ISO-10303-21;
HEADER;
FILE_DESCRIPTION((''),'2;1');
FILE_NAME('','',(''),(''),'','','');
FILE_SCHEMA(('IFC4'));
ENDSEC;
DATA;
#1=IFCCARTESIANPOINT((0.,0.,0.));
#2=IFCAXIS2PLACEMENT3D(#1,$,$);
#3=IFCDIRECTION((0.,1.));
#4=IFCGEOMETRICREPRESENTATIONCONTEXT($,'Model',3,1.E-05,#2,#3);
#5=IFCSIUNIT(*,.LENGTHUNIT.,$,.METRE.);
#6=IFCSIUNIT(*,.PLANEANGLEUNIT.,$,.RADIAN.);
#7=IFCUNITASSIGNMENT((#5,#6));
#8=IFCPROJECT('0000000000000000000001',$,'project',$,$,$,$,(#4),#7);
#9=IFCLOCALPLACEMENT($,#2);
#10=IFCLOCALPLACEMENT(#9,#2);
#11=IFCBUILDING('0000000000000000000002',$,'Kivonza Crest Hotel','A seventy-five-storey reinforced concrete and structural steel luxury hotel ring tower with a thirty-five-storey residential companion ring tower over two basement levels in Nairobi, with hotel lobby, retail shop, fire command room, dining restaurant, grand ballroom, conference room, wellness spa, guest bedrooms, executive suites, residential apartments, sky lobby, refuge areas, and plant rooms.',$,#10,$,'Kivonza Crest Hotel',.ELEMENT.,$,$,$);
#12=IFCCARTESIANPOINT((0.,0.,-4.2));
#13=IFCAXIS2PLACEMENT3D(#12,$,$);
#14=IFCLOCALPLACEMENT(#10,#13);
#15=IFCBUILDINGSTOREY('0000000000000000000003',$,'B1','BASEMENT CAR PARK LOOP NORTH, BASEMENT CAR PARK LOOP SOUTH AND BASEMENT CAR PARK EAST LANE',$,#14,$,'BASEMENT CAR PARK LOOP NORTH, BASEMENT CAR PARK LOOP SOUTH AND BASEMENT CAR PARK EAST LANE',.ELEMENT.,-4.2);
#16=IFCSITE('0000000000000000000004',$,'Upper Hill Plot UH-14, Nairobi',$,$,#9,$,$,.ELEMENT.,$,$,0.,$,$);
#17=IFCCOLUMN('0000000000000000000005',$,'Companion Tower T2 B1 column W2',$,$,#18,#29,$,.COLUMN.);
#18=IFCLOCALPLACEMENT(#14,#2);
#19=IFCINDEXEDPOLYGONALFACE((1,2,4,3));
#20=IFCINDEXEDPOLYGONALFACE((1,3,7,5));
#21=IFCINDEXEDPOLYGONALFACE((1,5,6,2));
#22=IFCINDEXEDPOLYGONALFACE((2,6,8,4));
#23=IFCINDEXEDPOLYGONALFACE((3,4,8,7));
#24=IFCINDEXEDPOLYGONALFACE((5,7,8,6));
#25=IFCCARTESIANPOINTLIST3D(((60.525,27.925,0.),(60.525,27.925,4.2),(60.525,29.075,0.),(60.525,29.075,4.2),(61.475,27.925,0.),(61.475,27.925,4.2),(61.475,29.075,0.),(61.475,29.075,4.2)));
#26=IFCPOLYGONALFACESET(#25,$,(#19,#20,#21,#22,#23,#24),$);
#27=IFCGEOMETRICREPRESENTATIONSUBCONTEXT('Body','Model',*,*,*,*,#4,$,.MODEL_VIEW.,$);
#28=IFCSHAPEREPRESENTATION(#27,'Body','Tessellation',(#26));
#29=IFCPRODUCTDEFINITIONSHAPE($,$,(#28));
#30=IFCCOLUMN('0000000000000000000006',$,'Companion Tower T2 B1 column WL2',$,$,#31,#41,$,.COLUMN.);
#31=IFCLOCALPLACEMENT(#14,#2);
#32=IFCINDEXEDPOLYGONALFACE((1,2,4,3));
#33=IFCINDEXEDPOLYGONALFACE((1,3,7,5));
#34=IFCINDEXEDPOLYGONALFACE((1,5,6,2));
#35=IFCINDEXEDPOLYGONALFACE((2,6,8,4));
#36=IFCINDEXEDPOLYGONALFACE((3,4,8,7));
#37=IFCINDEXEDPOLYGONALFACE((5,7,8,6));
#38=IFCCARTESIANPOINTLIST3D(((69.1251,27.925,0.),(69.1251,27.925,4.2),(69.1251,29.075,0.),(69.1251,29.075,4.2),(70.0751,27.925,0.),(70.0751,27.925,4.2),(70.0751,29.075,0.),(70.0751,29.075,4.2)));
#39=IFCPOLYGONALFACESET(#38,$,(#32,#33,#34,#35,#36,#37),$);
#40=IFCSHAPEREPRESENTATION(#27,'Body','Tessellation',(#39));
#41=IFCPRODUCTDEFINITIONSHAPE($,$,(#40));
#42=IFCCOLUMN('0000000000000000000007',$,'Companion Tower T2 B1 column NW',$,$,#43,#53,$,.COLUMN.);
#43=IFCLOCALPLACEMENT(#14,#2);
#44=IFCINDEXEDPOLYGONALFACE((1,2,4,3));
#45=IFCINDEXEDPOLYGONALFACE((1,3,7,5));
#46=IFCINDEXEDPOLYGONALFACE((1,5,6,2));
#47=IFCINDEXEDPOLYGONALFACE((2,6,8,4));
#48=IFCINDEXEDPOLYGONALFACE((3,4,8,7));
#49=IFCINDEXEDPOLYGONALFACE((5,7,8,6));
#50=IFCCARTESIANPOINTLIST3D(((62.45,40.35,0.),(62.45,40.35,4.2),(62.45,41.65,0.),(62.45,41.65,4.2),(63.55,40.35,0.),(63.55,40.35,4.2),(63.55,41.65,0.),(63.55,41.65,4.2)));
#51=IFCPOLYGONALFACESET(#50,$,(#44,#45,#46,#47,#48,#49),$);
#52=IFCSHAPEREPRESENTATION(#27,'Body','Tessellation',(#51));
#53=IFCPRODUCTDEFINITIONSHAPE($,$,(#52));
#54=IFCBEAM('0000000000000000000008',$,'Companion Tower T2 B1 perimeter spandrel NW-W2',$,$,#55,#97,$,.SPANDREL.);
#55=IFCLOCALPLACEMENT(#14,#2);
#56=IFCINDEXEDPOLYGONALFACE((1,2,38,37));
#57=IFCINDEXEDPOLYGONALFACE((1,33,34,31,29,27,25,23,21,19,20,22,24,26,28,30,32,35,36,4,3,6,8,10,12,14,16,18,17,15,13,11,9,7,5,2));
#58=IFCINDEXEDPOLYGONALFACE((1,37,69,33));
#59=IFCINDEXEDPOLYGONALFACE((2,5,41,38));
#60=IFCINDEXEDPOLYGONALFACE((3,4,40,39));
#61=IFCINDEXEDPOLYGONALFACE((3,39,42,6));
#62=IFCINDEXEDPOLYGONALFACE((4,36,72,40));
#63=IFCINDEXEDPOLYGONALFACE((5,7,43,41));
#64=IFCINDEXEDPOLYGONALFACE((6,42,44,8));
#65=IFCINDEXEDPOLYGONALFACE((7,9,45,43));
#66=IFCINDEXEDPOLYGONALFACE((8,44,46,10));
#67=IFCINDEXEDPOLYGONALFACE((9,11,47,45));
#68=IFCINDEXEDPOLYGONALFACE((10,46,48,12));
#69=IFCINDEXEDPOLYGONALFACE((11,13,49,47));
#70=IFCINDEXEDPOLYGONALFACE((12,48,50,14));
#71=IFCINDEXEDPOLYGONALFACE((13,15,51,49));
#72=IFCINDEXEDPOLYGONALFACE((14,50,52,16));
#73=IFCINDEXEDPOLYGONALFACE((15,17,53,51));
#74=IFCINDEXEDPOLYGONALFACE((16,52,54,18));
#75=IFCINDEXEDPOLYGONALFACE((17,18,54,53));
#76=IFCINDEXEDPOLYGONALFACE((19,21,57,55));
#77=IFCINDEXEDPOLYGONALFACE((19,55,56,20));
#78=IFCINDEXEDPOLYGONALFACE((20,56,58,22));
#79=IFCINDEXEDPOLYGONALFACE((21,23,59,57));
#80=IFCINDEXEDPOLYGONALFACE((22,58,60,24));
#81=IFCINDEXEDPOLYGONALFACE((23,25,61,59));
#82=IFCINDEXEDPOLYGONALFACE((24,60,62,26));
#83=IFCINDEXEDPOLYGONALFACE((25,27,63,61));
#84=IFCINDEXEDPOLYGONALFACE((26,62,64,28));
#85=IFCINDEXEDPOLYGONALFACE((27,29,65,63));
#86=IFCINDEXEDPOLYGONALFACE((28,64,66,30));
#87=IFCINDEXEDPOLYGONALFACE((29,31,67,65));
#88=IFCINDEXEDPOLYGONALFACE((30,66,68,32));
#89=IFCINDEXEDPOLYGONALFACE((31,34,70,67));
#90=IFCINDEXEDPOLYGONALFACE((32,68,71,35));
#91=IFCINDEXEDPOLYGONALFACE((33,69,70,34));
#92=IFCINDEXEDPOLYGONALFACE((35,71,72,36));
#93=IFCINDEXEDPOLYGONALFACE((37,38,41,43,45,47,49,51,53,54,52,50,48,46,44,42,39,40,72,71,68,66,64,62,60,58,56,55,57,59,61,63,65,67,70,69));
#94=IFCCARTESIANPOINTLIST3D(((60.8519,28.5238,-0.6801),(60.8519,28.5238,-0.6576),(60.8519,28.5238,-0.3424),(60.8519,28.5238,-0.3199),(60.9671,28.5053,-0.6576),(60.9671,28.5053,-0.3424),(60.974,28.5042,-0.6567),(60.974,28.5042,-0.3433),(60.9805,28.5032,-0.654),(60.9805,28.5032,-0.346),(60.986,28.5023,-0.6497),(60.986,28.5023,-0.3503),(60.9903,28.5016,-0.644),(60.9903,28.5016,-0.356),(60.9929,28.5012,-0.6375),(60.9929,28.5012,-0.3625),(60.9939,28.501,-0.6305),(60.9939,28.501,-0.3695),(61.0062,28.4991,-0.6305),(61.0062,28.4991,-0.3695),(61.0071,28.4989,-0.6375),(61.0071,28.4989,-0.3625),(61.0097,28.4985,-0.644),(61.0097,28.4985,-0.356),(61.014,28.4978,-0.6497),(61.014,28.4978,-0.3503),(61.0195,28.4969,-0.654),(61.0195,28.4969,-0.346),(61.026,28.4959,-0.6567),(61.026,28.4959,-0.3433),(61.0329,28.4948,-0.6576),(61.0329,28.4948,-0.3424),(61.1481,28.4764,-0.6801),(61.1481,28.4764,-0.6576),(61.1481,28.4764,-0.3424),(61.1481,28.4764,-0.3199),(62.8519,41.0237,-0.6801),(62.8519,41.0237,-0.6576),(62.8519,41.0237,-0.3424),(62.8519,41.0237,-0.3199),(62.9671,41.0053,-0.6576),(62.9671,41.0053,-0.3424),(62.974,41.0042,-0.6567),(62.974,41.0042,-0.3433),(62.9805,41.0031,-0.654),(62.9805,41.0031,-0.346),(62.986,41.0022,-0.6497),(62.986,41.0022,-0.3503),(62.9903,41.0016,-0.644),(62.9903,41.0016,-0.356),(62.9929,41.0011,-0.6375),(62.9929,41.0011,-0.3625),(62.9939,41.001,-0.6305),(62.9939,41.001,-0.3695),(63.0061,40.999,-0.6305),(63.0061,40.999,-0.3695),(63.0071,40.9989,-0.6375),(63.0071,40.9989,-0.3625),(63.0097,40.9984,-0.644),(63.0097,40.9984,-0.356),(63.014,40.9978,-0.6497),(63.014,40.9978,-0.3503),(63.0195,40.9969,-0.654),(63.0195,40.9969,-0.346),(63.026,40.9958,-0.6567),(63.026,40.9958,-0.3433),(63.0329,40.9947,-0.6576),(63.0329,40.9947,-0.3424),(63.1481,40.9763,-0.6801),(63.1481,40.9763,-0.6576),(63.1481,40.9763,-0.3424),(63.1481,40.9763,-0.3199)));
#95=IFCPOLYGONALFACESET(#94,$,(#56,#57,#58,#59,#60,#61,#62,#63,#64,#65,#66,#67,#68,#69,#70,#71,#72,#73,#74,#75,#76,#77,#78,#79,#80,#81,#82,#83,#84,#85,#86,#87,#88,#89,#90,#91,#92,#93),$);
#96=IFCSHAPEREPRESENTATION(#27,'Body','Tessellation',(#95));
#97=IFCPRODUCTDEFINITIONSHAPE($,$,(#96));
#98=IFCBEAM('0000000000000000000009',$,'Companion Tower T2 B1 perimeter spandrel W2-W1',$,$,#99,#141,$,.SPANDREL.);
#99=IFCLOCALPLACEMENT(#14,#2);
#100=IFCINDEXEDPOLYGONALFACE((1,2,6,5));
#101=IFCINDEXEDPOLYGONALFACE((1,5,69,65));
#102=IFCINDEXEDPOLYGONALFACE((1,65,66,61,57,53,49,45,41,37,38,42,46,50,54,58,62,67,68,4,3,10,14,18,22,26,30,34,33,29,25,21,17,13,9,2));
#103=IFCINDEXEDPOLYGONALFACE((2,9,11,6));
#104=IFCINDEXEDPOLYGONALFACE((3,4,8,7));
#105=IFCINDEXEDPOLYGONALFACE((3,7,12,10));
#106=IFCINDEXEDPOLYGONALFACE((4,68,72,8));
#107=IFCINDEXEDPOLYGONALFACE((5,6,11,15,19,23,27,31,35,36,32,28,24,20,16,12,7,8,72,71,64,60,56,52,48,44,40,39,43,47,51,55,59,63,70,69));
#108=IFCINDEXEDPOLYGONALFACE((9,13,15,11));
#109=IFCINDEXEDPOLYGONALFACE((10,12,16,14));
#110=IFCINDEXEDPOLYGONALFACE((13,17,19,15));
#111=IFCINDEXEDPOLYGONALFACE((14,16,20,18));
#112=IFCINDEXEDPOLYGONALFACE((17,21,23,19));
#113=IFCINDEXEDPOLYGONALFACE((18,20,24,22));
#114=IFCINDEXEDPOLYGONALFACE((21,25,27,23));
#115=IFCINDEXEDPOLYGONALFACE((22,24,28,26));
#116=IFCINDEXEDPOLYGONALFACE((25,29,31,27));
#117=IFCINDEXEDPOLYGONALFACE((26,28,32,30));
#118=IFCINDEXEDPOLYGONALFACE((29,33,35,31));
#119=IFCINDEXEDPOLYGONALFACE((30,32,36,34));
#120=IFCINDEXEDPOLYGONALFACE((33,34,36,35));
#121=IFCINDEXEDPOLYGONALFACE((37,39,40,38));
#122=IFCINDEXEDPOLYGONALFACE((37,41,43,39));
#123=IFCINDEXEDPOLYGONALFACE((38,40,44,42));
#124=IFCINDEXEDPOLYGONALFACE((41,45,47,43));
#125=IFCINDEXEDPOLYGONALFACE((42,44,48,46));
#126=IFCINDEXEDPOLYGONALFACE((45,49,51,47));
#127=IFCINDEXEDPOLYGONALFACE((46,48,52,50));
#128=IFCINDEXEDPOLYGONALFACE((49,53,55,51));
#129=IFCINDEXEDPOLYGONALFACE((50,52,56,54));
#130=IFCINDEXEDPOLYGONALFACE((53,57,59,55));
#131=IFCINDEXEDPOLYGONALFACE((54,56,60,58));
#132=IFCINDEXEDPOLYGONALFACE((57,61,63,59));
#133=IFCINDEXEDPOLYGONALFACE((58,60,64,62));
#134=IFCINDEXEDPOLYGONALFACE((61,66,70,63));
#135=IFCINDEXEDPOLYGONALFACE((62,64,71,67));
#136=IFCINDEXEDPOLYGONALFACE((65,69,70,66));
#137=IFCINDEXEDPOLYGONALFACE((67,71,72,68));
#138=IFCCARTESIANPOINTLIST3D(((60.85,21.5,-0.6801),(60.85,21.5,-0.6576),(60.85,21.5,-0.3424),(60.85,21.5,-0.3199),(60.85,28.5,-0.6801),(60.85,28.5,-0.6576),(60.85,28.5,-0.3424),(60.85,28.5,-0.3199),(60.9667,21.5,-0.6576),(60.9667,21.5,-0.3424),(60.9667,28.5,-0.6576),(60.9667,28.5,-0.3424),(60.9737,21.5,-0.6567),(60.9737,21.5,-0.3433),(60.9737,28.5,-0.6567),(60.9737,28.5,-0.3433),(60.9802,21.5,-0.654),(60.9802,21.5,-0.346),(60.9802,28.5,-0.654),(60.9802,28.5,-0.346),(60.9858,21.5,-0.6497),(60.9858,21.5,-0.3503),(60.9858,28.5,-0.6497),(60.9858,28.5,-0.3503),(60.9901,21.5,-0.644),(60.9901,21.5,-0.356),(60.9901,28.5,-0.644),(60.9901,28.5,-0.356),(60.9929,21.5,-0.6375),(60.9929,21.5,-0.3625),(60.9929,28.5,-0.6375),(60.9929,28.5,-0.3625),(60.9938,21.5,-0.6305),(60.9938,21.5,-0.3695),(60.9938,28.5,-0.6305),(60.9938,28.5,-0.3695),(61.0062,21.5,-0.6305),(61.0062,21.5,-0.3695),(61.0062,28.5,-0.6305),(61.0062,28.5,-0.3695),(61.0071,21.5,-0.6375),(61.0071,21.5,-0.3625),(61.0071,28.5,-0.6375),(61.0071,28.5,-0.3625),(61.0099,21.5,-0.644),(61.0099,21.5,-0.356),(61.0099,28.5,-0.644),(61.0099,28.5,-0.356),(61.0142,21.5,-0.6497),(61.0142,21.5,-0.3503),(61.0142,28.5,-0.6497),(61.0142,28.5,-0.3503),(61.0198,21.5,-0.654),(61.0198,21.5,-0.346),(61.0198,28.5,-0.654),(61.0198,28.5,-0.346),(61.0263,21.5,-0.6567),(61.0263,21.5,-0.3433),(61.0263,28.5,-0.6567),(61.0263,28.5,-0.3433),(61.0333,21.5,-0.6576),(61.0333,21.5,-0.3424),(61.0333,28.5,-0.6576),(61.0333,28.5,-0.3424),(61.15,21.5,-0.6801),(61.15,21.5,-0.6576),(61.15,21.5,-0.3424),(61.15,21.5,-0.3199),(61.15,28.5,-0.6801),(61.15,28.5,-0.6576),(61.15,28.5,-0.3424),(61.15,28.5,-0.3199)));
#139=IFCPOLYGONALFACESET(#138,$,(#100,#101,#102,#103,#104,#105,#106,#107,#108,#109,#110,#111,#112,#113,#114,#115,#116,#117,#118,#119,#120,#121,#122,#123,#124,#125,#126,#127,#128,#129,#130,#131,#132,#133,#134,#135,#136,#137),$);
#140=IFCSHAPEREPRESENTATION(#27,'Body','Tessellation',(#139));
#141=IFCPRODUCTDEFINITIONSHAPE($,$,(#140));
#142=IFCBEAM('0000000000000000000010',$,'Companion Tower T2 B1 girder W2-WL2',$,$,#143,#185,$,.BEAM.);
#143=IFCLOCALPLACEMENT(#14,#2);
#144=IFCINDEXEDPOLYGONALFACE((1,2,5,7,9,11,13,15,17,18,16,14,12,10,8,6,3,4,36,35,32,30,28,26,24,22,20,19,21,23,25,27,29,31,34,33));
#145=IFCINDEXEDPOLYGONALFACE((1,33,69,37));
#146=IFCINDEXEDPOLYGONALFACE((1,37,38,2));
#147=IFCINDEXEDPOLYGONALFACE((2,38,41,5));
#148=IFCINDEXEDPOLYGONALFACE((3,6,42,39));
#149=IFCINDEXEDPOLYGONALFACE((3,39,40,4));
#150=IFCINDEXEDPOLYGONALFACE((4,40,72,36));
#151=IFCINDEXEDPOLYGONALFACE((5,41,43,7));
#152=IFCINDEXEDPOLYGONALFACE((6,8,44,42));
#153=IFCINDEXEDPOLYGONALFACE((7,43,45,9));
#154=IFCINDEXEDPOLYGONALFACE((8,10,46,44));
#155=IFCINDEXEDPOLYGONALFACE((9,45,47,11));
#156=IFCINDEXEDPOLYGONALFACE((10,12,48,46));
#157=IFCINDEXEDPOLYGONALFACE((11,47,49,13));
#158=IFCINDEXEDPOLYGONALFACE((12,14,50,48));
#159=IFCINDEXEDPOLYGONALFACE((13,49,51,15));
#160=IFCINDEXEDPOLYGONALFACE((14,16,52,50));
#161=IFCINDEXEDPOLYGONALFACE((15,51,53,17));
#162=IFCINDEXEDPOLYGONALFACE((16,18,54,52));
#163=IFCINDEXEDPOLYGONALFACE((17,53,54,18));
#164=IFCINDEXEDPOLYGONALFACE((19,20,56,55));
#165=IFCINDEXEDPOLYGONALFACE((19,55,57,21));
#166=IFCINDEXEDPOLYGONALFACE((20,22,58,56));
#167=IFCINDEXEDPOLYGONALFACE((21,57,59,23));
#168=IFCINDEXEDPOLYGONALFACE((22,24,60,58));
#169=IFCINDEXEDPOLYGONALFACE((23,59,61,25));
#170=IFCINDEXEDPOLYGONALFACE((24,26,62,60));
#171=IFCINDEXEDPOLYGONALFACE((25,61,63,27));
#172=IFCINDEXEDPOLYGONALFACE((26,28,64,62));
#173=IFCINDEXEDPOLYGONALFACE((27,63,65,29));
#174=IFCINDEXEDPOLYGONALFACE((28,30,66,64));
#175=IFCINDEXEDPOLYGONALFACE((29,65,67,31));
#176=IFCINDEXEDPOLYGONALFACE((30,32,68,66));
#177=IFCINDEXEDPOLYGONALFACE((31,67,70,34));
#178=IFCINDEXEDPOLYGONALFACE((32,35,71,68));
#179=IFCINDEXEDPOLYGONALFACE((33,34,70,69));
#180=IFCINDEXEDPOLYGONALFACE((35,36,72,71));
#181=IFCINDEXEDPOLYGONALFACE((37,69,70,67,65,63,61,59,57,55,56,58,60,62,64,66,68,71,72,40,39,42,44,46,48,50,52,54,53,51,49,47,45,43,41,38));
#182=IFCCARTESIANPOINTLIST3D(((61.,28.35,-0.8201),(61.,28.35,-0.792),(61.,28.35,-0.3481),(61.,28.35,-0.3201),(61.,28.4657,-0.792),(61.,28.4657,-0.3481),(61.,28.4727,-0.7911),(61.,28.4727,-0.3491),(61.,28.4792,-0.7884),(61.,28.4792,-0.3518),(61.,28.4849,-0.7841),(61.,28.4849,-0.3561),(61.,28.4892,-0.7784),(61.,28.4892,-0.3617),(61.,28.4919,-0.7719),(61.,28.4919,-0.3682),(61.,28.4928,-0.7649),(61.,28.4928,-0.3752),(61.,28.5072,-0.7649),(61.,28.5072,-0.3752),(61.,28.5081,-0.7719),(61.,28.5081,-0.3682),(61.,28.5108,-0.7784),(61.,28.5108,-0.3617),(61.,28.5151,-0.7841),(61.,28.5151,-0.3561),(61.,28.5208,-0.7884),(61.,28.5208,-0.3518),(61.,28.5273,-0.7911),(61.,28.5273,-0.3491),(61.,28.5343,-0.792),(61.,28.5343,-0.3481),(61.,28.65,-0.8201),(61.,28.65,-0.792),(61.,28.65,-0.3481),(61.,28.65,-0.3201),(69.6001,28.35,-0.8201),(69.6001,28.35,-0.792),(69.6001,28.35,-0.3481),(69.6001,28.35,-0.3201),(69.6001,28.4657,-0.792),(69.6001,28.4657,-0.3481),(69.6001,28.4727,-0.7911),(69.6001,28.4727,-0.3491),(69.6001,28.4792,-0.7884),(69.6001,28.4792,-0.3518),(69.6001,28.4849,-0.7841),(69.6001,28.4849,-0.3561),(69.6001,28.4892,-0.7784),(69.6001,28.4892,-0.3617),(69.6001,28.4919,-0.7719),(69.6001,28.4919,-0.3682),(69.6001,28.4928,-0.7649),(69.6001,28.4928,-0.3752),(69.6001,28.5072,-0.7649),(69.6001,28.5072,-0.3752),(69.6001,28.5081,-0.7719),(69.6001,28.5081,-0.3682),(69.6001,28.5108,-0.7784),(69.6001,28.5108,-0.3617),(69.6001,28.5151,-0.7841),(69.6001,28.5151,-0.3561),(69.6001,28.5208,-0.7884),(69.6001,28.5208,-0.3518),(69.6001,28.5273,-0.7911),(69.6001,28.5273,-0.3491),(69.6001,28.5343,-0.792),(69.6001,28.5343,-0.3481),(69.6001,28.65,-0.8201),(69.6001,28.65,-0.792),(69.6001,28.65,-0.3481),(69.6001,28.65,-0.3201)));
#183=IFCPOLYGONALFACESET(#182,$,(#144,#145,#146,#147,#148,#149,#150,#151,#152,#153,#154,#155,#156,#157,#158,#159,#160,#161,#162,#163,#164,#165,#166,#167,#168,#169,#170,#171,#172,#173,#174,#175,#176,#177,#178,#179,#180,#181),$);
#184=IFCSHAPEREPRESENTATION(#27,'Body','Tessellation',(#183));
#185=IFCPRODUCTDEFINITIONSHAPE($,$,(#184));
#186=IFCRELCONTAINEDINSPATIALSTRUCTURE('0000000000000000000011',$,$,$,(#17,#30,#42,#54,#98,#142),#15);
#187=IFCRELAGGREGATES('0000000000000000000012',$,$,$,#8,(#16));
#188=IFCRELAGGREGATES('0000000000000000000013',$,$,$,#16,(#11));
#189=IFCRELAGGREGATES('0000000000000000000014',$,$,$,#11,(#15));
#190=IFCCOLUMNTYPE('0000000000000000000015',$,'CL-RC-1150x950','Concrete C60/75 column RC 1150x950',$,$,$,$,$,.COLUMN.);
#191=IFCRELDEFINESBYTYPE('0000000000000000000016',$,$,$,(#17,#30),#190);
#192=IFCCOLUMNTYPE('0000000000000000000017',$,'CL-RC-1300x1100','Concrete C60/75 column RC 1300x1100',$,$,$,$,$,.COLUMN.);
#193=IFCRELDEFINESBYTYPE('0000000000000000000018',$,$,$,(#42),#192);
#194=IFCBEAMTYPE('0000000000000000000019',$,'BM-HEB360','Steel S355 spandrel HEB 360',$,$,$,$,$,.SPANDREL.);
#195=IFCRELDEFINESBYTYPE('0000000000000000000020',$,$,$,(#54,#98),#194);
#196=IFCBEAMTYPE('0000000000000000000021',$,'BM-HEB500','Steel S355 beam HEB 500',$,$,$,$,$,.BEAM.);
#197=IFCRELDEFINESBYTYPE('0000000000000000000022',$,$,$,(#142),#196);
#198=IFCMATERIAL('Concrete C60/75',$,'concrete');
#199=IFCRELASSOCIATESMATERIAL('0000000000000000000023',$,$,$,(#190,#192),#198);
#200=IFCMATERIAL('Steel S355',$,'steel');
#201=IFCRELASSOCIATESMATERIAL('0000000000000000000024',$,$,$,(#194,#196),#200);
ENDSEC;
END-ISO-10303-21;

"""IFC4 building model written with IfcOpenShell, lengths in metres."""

from ifc_helpers import new_model, si_unit, direction, frame, origin, origin_2d, place, context, subcontext, project, spatial, rectangle, i_section, extrude, material, material_profile, profile_set, type_object, element, save


model = new_model("IFC4")

# Units and contexts
model_context = context("Model", 3, precision=1e-05, world=origin(), true_north=direction((0.0, 1.0)))
body_context = subcontext(model_context, "Body", "Model", "MODEL_VIEW")
ifc_project = project(units=[si_unit("LENGTHUNIT", "METRE"), si_unit("PLANEANGLEUNIT", "RADIAN")], contexts=[model_context])

# Site, building, storey
site_placement = place(None, origin())
site = spatial("IfcSite", under=ifc_project, at=site_placement, Name="Upper Hill Plot UH-14, Nairobi", CompositionType="ELEMENT", RefElevation=0.0)
building_placement = place(site_placement, origin())
building = spatial("IfcBuilding", under=site, at=building_placement, Name="Kivonza Crest Hotel", Description="A seventy-five-storey reinforced concrete and structural steel luxury hotel ring tower with a thirty-five-storey residential companion ring tower over two basement levels in Nairobi, with hotel lobby, retail shop, fire command room, dining restaurant, grand ballroom, conference room, wellness spa, guest bedrooms, executive suites, residential apartments, sky lobby, refuge areas, and plant rooms.", LongName="Kivonza Crest Hotel", CompositionType="ELEMENT")
storey_placement = place(building_placement, frame((0.0, 0.0, -4.2)))
storey = spatial("IfcBuildingStorey", under=building, at=storey_placement, Name="B1", Description="BASEMENT CAR PARK LOOP NORTH, BASEMENT CAR PARK LOOP SOUTH AND BASEMENT CAR PARK EAST LANE", LongName="BASEMENT CAR PARK LOOP NORTH, BASEMENT CAR PARK LOOP SOUTH AND BASEMENT CAR PARK EAST LANE", CompositionType="ELEMENT", Elevation=-4.2)

# Columns
ifc_material_1 = material(Name="Concrete C60/75", Category="concrete")
ifc_material_profile_1 = material_profile(ifc_material_1, rectangle(XDim=0.95, YDim=1.1499, at=origin_2d()), Name="RC 1150x950")
ifc_profile_set_1 = profile_set([ifc_material_profile_1], Name="Concrete C60/75")
column_type_1 = type_object("IfcColumnType", Name="CL-RC-1150x950", Description="Concrete C60/75 column RC 1150x950", PredefinedType="COLUMN", material=ifc_profile_set_1)
for number, where, z_axis, x_axis, name in (
    (1, (61.0, 28.5, 0.0), (0.0, 0.0, 1.0), (1.0, 0.0, 0.0), "Companion Tower T2 B1 column W2"),
    (2, (69.6001, 28.5, 0.0), (0.0, 0.0, 1.0), (1.0, 0.0, 0.0), "Companion Tower T2 B1 column WL2"),
):
    element("IfcColumn", number, at=place(storey_placement, frame(where, z_axis=z_axis, x_axis=x_axis)), inside=storey, type_object=column_type_1, Name=name, PredefinedType="COLUMN", context=body_context, shape_type="SweptSolid", body=[
        extrude(rectangle(XDim=0.95, YDim=1.1499, at=origin_2d()), origin(), (0.0, 0.0, 1.0), 4.2),
    ])
ifc_material_profile_2 = material_profile(ifc_material_1, rectangle(XDim=1.1001, YDim=1.3, at=origin_2d()), Name="RC 1300x1100")
ifc_profile_set_2 = profile_set([ifc_material_profile_2], Name="Concrete C60/75")
column_type_2 = type_object("IfcColumnType", Name="CL-RC-1300x1100", Description="Concrete C60/75 column RC 1300x1100", PredefinedType="COLUMN", material=ifc_profile_set_2)
column_placement = place(storey_placement, frame((63.0, 41.0, 0.0), z_axis=(0.0, 0.0, 1.0), x_axis=(1.0, 0.0, 0.0)))
element("IfcColumn", 3, at=column_placement, inside=storey, type_object=column_type_2, Name="Companion Tower T2 B1 column NW", PredefinedType="COLUMN", context=body_context, shape_type="SweptSolid", body=[
    extrude(rectangle(XDim=1.1001, YDim=1.3, at=origin_2d()), origin(), (0.0, 0.0, 1.0), 4.2),
])

# Beams
ifc_material_2 = material(Name="Steel S355", Category="steel")
ifc_material_profile_3 = material_profile(ifc_material_2, i_section(OverallWidth=0.3, OverallDepth=0.3601, WebThickness=0.0125, FlangeThickness=0.0225, FilletRadius=0.0271, at=origin_2d()), Name="HEB 360")
ifc_profile_set_3 = profile_set([ifc_material_profile_3], Name="Steel S355")
beam_type_1 = type_object("IfcBeamType", Name="BM-HEB360", Description="Steel S355 spandrel HEB 360", PredefinedType="SPANDREL", material=ifc_profile_set_3)
beam_1_placement = place(storey_placement, frame((63.0, 41.0, -0.5), z_axis=(-0.157991, -0.987441, 0.0), x_axis=(0.987441, -0.157991, 0.0)))
element("IfcBeam", 4, at=beam_1_placement, inside=storey, type_object=beam_type_1, Name="Companion Tower T2 B1 perimeter spandrel NW-W2", PredefinedType="SPANDREL", context=body_context, shape_type="SweptSolid", body=[
    extrude(i_section(OverallWidth=0.3, OverallDepth=0.3601, WebThickness=0.0125, FlangeThickness=0.0225, FilletRadius=0.0271, at=origin_2d()), origin(), (0.0, 0.0, 1.0), 12.6589),
])
beam_2_placement = place(storey_placement, frame((61.0, 28.5, -0.5), z_axis=(0.0, -1.0, 0.0), x_axis=(1.0, 0.0, 0.0)))
element("IfcBeam", 5, at=beam_2_placement, inside=storey, type_object=beam_type_1, Name="Companion Tower T2 B1 perimeter spandrel W2-W1", PredefinedType="SPANDREL", context=body_context, shape_type="SweptSolid", body=[
    extrude(i_section(OverallWidth=0.3, OverallDepth=0.3601, WebThickness=0.0125, FlangeThickness=0.0225, FilletRadius=0.0271, at=origin_2d()), origin(), (0.0, 0.0, 1.0), 7.0),
])
ifc_material_profile_4 = material_profile(ifc_material_2, i_section(OverallWidth=0.3, OverallDepth=0.5, WebThickness=0.0144, FlangeThickness=0.0281, FilletRadius=0.0271, at=origin_2d()), Name="HEB 500")
ifc_profile_set_4 = profile_set([ifc_material_profile_4], Name="Steel S355")
beam_type_2 = type_object("IfcBeamType", Name="BM-HEB500", Description="Steel S355 beam HEB 500", PredefinedType="BEAM", material=ifc_profile_set_4)
beam_3_placement = place(storey_placement, frame((61.0, 28.5, -0.5701), z_axis=(1.0, 0.0, 0.0), x_axis=(0.0, 1.0, 0.0)))
element("IfcBeam", 6, at=beam_3_placement, inside=storey, type_object=beam_type_2, Name="Companion Tower T2 B1 girder W2-WL2", PredefinedType="BEAM", context=body_context, shape_type="SweptSolid", body=[
    extrude(i_section(OverallWidth=0.3, OverallDepth=0.5, WebThickness=0.0144, FlangeThickness=0.0281, FilletRadius=0.0271, at=origin_2d()), origin(), (0.0, 0.0, 1.0), 8.6001),
])

save(model, "model.ifc")
